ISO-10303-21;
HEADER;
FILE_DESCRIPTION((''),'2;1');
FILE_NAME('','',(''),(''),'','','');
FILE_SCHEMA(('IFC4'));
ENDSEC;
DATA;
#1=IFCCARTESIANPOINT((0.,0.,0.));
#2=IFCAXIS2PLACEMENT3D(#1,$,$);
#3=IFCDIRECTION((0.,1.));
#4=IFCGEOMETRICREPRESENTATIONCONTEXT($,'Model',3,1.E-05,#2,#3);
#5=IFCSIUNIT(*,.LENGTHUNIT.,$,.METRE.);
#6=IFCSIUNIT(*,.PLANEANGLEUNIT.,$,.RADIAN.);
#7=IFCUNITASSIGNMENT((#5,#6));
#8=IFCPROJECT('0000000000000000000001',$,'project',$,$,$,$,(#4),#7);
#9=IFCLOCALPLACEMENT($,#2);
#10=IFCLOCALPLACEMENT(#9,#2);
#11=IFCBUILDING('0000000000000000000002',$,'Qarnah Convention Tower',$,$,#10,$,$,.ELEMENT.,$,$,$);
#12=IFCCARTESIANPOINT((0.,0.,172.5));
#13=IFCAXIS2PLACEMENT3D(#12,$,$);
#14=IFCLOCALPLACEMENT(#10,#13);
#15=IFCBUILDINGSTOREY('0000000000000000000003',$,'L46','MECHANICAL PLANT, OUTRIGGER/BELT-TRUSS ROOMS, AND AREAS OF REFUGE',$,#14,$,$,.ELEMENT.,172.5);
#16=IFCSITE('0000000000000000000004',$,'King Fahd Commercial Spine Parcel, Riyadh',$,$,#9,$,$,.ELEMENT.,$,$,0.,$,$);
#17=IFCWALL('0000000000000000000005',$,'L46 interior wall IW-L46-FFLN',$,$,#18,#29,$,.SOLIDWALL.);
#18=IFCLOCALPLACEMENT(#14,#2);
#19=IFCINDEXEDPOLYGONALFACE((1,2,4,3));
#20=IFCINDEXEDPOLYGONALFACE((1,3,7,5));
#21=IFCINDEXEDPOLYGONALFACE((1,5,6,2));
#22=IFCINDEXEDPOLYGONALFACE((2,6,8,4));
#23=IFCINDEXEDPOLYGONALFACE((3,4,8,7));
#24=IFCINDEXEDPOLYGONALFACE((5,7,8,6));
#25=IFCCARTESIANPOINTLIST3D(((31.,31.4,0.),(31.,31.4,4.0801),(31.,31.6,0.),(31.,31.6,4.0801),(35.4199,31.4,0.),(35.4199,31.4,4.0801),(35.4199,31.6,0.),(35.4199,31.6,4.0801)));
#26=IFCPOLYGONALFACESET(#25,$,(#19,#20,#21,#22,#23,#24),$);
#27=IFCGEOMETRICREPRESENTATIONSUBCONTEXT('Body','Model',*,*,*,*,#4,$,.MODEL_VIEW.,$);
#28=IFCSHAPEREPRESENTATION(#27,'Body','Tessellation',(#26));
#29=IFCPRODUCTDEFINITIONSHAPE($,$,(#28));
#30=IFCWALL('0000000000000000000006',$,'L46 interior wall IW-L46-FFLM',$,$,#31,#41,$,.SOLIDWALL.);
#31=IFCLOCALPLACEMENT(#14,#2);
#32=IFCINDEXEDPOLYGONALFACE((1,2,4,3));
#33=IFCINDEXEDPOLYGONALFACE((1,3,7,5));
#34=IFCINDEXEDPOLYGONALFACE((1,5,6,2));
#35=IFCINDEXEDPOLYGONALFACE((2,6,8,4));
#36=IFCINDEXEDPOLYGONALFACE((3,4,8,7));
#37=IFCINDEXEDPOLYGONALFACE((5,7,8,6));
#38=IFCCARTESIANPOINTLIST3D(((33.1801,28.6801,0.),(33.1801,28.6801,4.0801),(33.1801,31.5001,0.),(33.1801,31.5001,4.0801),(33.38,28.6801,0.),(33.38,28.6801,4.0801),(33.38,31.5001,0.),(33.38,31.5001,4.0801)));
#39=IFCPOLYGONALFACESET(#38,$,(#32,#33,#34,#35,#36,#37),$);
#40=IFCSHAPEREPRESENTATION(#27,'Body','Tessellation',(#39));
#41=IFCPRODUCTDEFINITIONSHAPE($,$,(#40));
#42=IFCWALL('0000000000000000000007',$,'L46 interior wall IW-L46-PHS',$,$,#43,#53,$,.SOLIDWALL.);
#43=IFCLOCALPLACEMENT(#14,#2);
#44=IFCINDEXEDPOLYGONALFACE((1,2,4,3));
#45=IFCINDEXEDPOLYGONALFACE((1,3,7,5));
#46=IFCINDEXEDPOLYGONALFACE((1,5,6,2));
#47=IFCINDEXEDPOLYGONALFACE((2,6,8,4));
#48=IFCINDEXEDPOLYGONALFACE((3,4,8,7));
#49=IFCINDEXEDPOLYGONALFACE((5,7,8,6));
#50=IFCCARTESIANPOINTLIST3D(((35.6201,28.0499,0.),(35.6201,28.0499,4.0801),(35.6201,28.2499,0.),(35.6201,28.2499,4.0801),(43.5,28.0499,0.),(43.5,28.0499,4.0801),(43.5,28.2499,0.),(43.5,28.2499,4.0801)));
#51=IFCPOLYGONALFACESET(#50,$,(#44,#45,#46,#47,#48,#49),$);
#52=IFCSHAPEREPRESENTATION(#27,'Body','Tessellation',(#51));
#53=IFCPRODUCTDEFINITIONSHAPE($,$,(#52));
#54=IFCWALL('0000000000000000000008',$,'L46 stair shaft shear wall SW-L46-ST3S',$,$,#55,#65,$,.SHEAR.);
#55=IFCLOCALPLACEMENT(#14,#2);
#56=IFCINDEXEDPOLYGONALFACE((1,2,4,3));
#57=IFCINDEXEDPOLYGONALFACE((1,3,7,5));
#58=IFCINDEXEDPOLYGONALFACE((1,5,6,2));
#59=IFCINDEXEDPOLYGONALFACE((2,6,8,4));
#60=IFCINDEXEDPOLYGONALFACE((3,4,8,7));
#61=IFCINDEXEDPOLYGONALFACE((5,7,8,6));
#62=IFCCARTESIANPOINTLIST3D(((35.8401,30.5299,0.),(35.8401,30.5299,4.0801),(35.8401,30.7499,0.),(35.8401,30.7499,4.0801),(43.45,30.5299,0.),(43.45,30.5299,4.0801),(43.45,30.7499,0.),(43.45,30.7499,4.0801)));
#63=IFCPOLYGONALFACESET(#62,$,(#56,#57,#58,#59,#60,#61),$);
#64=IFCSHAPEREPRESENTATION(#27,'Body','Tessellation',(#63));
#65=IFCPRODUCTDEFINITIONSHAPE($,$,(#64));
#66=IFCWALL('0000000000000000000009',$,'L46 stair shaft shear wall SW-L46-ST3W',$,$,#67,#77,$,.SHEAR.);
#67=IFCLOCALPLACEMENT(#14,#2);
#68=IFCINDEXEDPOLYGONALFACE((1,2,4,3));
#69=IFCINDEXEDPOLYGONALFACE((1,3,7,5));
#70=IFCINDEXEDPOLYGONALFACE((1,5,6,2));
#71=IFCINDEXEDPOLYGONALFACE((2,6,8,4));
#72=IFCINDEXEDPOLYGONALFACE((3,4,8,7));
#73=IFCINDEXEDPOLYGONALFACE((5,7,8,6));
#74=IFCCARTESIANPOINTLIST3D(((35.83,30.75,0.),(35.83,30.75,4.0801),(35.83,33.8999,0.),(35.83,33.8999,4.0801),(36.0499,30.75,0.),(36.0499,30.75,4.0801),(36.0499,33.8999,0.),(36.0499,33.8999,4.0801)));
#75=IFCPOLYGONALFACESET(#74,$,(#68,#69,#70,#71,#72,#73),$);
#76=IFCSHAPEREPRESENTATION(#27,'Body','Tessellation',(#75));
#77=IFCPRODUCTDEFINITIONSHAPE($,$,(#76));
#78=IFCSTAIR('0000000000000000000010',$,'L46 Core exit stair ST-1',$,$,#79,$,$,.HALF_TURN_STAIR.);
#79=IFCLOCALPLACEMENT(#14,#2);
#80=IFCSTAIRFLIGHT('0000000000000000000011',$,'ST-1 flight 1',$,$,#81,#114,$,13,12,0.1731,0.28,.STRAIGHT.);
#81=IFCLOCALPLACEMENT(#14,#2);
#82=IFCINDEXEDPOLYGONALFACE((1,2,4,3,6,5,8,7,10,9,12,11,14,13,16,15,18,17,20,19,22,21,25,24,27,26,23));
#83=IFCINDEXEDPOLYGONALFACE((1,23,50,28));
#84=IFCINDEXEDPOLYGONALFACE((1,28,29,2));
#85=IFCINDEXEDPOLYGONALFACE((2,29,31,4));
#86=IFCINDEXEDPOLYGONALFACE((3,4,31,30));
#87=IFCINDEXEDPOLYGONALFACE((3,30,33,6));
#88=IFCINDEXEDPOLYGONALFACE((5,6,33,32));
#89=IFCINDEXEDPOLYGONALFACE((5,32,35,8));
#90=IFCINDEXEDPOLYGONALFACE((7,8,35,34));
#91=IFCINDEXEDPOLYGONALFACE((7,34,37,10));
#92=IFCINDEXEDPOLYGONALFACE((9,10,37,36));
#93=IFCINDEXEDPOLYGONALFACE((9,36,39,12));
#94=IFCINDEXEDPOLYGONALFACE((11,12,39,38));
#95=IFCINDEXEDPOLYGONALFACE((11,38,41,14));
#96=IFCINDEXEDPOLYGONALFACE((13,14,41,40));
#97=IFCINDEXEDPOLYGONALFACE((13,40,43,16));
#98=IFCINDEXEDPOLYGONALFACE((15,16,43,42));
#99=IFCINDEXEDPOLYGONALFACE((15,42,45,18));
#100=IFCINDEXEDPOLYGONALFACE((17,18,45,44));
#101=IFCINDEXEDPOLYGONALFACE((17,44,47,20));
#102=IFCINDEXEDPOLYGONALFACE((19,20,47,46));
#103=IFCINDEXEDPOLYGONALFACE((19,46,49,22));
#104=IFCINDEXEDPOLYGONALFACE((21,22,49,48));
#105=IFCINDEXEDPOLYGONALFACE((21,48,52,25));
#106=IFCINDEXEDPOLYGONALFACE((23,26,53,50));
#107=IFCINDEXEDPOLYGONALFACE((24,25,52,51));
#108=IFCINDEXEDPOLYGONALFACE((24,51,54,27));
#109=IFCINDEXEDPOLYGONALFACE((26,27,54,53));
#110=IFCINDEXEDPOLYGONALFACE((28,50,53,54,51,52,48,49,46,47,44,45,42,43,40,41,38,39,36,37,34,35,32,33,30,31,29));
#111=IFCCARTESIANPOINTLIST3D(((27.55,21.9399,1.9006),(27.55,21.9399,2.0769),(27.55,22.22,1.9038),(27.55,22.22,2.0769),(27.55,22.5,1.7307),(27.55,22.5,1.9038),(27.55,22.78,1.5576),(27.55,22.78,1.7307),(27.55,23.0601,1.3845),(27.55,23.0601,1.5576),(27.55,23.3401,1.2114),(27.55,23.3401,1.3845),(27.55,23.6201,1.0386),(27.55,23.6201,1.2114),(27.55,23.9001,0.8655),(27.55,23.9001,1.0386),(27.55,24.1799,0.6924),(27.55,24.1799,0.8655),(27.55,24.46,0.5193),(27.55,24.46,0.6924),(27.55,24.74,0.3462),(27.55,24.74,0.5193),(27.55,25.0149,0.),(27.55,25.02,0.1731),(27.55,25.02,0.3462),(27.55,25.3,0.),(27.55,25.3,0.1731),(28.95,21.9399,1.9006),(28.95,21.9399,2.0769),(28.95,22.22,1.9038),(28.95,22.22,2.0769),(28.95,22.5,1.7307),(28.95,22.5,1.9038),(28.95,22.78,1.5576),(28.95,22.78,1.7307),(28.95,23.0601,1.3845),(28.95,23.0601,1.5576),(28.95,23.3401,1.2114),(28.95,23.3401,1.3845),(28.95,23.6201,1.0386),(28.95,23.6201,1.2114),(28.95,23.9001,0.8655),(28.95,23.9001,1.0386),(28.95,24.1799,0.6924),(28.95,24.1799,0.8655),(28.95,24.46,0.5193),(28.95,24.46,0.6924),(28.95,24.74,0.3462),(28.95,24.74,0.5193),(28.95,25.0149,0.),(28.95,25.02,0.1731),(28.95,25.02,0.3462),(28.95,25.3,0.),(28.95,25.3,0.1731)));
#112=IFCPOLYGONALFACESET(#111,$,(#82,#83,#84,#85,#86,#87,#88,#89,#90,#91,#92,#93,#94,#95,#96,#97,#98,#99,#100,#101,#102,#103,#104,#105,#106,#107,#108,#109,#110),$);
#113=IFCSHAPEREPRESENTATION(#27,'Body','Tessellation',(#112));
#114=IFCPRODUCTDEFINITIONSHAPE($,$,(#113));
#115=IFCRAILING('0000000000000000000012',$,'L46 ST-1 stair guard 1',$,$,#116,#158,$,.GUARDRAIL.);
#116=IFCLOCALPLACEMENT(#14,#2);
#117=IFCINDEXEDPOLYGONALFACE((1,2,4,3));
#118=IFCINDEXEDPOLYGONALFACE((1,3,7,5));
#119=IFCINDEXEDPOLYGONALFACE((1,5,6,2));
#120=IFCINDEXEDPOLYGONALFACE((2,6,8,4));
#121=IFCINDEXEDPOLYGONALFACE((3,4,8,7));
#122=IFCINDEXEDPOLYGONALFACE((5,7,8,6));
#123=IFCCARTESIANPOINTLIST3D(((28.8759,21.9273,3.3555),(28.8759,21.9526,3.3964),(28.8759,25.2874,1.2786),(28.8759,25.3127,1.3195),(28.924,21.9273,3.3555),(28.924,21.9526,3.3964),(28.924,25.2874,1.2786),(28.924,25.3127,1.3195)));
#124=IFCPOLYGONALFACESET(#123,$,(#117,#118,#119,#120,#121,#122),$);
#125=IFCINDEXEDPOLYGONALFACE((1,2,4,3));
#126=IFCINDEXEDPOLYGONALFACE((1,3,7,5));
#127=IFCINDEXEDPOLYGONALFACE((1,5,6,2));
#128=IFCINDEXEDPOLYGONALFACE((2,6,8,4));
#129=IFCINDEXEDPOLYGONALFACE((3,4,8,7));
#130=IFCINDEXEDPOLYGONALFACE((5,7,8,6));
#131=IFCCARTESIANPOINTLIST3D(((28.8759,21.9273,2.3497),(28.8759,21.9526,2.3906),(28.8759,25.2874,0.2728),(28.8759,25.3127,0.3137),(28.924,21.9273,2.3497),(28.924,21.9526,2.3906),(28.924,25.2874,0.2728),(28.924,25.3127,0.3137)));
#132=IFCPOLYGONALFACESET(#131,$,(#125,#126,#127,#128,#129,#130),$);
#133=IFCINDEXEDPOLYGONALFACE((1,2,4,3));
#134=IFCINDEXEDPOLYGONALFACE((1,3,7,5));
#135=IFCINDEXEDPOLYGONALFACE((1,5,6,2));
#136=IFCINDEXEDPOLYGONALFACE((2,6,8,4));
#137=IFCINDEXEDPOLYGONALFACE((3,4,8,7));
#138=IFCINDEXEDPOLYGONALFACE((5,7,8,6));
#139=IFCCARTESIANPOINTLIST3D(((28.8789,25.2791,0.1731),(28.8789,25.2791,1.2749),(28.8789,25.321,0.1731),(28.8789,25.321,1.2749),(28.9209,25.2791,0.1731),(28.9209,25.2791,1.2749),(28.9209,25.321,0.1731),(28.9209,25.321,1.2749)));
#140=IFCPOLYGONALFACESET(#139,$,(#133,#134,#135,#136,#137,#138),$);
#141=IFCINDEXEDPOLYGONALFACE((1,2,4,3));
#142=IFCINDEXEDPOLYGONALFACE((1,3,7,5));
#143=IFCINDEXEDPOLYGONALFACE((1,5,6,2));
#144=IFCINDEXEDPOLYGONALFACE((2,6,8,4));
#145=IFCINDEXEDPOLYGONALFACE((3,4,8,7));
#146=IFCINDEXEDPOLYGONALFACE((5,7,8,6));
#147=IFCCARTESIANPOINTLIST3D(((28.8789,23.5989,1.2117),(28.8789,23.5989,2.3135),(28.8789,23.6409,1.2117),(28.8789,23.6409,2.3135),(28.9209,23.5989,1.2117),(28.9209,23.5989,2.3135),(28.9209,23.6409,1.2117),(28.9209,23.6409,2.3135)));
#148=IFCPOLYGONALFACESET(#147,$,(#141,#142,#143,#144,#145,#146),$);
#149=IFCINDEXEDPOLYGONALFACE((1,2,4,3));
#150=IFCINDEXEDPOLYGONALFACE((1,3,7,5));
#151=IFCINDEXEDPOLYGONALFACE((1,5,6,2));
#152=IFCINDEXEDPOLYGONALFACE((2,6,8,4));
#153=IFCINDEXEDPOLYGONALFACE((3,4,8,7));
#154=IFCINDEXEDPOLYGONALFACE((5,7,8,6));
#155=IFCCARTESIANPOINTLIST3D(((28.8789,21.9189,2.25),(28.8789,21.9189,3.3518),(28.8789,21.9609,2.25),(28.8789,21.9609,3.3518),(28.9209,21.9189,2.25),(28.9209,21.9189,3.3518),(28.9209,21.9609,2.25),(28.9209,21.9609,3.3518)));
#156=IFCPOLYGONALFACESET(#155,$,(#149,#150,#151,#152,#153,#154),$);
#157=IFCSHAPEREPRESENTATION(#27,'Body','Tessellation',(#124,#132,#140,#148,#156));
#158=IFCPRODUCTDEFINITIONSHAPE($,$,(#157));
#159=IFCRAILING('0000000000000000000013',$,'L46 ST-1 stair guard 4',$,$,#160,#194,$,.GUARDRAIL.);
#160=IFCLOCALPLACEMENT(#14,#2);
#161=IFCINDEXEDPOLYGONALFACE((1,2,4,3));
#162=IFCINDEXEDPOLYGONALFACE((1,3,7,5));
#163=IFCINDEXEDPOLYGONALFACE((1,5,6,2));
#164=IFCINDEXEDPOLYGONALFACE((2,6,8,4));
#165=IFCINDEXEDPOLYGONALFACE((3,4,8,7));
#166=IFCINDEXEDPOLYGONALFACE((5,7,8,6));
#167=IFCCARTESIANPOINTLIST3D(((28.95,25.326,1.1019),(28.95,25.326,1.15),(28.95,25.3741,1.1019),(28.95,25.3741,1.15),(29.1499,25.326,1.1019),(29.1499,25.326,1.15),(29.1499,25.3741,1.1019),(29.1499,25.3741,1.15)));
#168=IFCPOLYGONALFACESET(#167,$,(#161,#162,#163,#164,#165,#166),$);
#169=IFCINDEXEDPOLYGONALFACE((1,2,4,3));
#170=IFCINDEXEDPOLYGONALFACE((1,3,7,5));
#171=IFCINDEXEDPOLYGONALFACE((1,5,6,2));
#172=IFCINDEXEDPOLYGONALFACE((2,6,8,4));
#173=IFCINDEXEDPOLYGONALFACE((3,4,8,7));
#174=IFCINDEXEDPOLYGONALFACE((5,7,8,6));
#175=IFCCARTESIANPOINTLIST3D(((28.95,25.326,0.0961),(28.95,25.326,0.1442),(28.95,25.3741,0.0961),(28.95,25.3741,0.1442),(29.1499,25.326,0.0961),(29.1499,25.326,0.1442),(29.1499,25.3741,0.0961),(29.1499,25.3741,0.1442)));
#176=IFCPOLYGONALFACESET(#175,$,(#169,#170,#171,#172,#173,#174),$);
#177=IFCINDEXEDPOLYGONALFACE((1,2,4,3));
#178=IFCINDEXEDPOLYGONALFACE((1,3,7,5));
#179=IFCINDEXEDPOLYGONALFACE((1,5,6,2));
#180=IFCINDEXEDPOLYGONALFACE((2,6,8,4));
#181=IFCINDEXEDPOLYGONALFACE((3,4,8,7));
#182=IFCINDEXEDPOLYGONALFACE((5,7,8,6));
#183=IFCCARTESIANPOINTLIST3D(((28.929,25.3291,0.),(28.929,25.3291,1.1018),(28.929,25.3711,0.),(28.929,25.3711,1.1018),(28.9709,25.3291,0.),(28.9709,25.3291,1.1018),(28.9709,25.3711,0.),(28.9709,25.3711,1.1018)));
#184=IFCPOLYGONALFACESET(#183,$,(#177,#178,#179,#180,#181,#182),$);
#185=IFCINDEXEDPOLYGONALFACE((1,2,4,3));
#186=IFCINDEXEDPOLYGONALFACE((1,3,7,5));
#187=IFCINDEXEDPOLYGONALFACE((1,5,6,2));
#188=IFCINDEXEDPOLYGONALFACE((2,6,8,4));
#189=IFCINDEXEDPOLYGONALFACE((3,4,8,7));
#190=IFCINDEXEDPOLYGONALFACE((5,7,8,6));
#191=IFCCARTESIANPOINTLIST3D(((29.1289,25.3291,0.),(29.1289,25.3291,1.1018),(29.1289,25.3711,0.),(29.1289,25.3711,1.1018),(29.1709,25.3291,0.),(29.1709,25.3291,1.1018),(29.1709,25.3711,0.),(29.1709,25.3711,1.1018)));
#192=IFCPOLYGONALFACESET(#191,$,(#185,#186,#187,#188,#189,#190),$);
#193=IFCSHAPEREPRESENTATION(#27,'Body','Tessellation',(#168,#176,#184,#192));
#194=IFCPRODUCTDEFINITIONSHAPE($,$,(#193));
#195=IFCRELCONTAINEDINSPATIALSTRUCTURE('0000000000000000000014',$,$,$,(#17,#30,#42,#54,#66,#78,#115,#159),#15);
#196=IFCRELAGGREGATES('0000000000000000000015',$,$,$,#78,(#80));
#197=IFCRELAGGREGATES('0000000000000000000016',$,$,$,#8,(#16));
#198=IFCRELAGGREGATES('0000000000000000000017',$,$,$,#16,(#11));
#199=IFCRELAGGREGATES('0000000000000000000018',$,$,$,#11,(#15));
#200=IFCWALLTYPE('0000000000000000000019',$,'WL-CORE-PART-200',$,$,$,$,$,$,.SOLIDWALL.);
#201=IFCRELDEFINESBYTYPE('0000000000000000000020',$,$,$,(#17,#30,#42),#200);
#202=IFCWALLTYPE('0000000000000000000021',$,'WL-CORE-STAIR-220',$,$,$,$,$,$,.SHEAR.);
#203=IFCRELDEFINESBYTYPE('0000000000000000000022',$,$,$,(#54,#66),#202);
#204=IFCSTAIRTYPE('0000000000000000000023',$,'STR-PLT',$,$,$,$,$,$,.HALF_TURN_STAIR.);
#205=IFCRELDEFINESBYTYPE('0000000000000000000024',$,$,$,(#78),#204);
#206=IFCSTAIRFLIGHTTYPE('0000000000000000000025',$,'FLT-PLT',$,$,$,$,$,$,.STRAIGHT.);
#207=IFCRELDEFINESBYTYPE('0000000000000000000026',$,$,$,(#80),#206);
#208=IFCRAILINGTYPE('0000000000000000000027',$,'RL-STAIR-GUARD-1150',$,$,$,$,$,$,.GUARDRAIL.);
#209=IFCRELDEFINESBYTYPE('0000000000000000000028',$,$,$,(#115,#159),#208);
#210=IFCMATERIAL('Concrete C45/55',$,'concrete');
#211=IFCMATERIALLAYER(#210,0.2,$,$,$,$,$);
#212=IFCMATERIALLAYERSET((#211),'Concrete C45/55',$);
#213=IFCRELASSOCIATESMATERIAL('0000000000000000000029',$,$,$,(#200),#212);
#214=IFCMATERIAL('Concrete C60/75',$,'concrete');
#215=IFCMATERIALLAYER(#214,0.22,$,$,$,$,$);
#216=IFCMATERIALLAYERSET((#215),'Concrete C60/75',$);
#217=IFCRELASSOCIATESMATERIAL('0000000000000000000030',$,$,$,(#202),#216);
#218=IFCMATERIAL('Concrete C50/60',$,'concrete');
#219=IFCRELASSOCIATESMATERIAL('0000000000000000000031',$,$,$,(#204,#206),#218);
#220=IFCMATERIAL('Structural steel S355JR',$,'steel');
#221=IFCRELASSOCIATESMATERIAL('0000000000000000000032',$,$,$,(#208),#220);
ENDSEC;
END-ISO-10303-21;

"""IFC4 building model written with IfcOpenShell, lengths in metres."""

from ifc_helpers import new_model, si_unit, direction, frame, frame_2d, origin, origin_2d, place, context, subcontext, project, spatial, polyline, rectangle, outline, extrude, material, layer, layer_set, type_object, element, aggregate, save


model = new_model("IFC4")

# Units and contexts
model_context = context("Model", 3, precision=1e-05, world=origin(), true_north=direction((0.0, 1.0)))
body_context = subcontext(model_context, "Body", "Model", "MODEL_VIEW")
ifc_project = project(units=[si_unit("LENGTHUNIT", "METRE"), si_unit("PLANEANGLEUNIT", "RADIAN")], contexts=[model_context])

# Site, building, storey
site_placement = place(None, origin())
site = spatial("IfcSite", under=ifc_project, at=site_placement, Name="King Fahd Commercial Spine Parcel, Riyadh", CompositionType="ELEMENT", RefElevation=0.0)
building_placement = place(site_placement, origin())
building = spatial("IfcBuilding", under=site, at=building_placement, Name="Qarnah Convention Tower", CompositionType="ELEMENT")
storey_placement = place(building_placement, frame((0.0, 0.0, 172.5)))
storey = spatial("IfcBuildingStorey", under=building, at=storey_placement, Name="L46", Description="MECHANICAL PLANT, OUTRIGGER/BELT-TRUSS ROOMS, AND AREAS OF REFUGE", CompositionType="ELEMENT", Elevation=172.5)

# Shared definitions
ifc_material_1 = material(Name="Concrete C45/55", Category="concrete")
ifc_layer_1 = layer(ifc_material_1, 0.2)
ifc_layer_set_1 = layer_set([ifc_layer_1], Name="Concrete C45/55")
wall_type_1 = type_object("IfcWallType", Name="WL-CORE-PART-200", PredefinedType="SOLIDWALL", material=ifc_layer_set_1)
ifc_material_2 = material(Name="Structural steel S355JR", Category="steel")

# Walls
wall_1_placement = place(storey_placement, frame((31.0, 31.5, 0.0), z_axis=(0.0, 0.0, 1.0), x_axis=(1.0, 0.0, 0.0)))
element("IfcWall", 1, at=wall_1_placement, inside=storey, type_object=wall_type_1, Name="L46 interior wall IW-L46-FFLN", PredefinedType="SOLIDWALL", context=body_context, shape_type="SweptSolid", body=[
    extrude(rectangle(XDim=4.4199, YDim=0.2, at=frame_2d((2.21, 0.0))), origin(), (0.0, 0.0, 1.0), 4.0801),
])
wall_2_placement = place(storey_placement, frame((33.28, 28.6799, 0.0), z_axis=(0.0, 0.0, 1.0), x_axis=(0.0, 1.0, 0.0)))
element("IfcWall", 2, at=wall_2_placement, inside=storey, type_object=wall_type_1, Name="L46 interior wall IW-L46-FFLM", PredefinedType="SOLIDWALL", context=body_context, shape_type="SweptSolid", body=[
    extrude(rectangle(XDim=2.8201, YDim=0.2, at=frame_2d((1.4102, 0.0))), origin(), (0.0, 0.0, 1.0), 4.0801),
])

# Wall
wall_3_placement = place(storey_placement, frame((35.6201, 28.1499, 0.0), z_axis=(0.0, 0.0, 1.0), x_axis=(1.0, 0.0, 0.0)))
element("IfcWall", 3, at=wall_3_placement, inside=storey, type_object=wall_type_1, Name="L46 interior wall IW-L46-PHS", PredefinedType="SOLIDWALL", context=body_context, shape_type="SweptSolid", body=[
    extrude(rectangle(XDim=7.8799, YDim=0.2, at=frame_2d((3.9399, 0.0))), origin(), (0.0, 0.0, 1.0), 4.0801),
])

# Walls
ifc_material_3 = material(Name="Concrete C60/75", Category="concrete")
ifc_layer_2 = layer(ifc_material_3, 0.22)
ifc_layer_set_2 = layer_set([ifc_layer_2], Name="Concrete C60/75")
wall_type_2 = type_object("IfcWallType", Name="WL-CORE-STAIR-220", PredefinedType="SHEAR", material=ifc_layer_set_2)
wall_4_placement = place(storey_placement, frame((35.8401, 30.6399, 0.0), z_axis=(0.0, 0.0, 1.0), x_axis=(1.0, 0.0, 0.0)))
element("IfcWall", 4, at=wall_4_placement, inside=storey, type_object=wall_type_2, Name="L46 stair shaft shear wall SW-L46-ST3S", PredefinedType="SHEAR", context=body_context, shape_type="SweptSolid", body=[
    extrude(rectangle(XDim=7.6099, YDim=0.22, at=frame_2d((3.8049, 0.0))), origin(), (0.0, 0.0, 1.0), 4.0801),
])
wall_5_placement = place(storey_placement, frame((35.9399, 30.75, 0.0), z_axis=(0.0, 0.0, 1.0), x_axis=(0.0, 1.0, 0.0)))
element("IfcWall", 5, at=wall_5_placement, inside=storey, type_object=wall_type_2, Name="L46 stair shaft shear wall SW-L46-ST3W", PredefinedType="SHEAR", context=body_context, shape_type="SweptSolid", body=[
    extrude(rectangle(XDim=3.1499, YDim=0.22, at=frame_2d((1.575, 0.0))), origin(), (0.0, 0.0, 1.0), 4.0801),
])

# Stair, stair flight
ifc_material_4 = material(Name="Concrete C50/60", Category="concrete")
stair_type = type_object("IfcStairType", Name="STR-PLT", PredefinedType="HALF_TURN_STAIR", material=ifc_material_4)
stair_placement = place(storey_placement, origin())
stair = element("IfcStair", 6, at=stair_placement, inside=storey, type_object=stair_type, Name="L46 Core exit stair ST-1", PredefinedType="HALF_TURN_STAIR")
stair_flight_type = type_object("IfcStairFlightType", Name="FLT-PLT", PredefinedType="STRAIGHT", material=ifc_material_4)
stair_flight_placement = place(storey_placement, frame((28.25, 25.3, 0.0), z_axis=(0.0, 0.0, 1.0), x_axis=(0.0, -1.0, 0.0)))
stair_flight = element("IfcStairFlight", 7, at=stair_flight_placement, type_object=stair_flight_type, Name="ST-1 flight 1", NumberOfRisers=13, NumberOfTreads=12, PredefinedType="STRAIGHT", RiserHeight=0.1731, TreadLength=0.28, context=body_context, shape_type="SweptSolid", body=[
    extrude(outline(polyline([(0.0, 0.0), (0.0, 0.1731), (0.28, 0.1731), (0.28, 0.3462), (0.5601, 0.3462), (0.5601, 0.5193), (0.8401, 0.5193), (0.8401, 0.6924), (1.1201, 0.6924), (1.1201, 0.8655), (1.3999, 0.8655), (1.3999, 1.0386), (1.6799, 1.0386), (1.6799, 1.2114), (1.96, 1.2114), (1.96, 1.3845), (2.24, 1.3845), (2.24, 1.5576), (2.52, 1.5576), (2.52, 1.7307), (2.8, 1.7307), (2.8, 1.9038), (3.0801, 1.9038), (3.0801, 2.0769), (3.3601, 2.0769), (3.3601, 2.25), (3.3601, 1.9006), (0.2852, 0.0), (0.0, 0.0)])), frame((0.0, 0.7, 0.0), z_axis=(0.0, -1.0, 0.0), x_axis=(1.0, 0.0, 0.0)), (0.0, 0.0, 1.0), 1.3999),
])
aggregate(stair, [stair_flight])

# Railings
railing_type = type_object("IfcRailingType", Name="RL-STAIR-GUARD-1150", PredefinedType="GUARDRAIL", material=ifc_material_2)
railing_1_placement = place(storey_placement, frame((28.8999, 25.3, 0.1731)))
element("IfcRailing", 8, at=railing_1_placement, inside=storey, type_object=railing_type, Name="L46 ST-1 stair guard 1", PredefinedType="GUARDRAIL", context=body_context, shape_type="SweptSolid", body=[
    extrude(rectangle(XDim=0.0481, YDim=0.0481, at=origin_2d()), frame((0.0, 0.0, 1.126), z_axis=(0.0, -0.850623, 0.525776), x_axis=(1.0, 0.0, 0.0)), (0.0, 0.0, 1.0), 3.9502),
    extrude(rectangle(XDim=0.0481, YDim=0.0481, at=origin_2d()), frame((0.0, 0.0, 0.1201), z_axis=(0.0, -0.850623, 0.525776), x_axis=(1.0, 0.0, 0.0)), (0.0, 0.0, 1.0), 3.9502),
    extrude(rectangle(XDim=0.042, YDim=0.042, at=origin_2d()), origin(), (0.0, 0.0, 1.0), 1.1018),
    extrude(rectangle(XDim=0.042, YDim=0.042, at=origin_2d()), frame((0.0, -1.6802, 1.0386)), (0.0, 0.0, 1.0), 1.1018),
    extrude(rectangle(XDim=0.042, YDim=0.042, at=origin_2d()), frame((0.0, -3.3601, 2.0769)), (0.0, 0.0, 1.0), 1.1018),
])
railing_2_placement = place(storey_placement, frame((28.95, 25.3501, 0.0)))
element("IfcRailing", 9, at=railing_2_placement, inside=storey, type_object=railing_type, Name="L46 ST-1 stair guard 4", PredefinedType="GUARDRAIL", context=body_context, shape_type="SweptSolid", body=[
    extrude(rectangle(XDim=0.0481, YDim=0.0481, at=origin_2d()), frame((0.0, 0.0, 1.126), z_axis=(1.0, 0.0, 0.0), x_axis=(0.0, 1.0, 0.0)), (0.0, 0.0, 1.0), 0.2),
    extrude(rectangle(XDim=0.0481, YDim=0.0481, at=origin_2d()), frame((0.0, 0.0, 0.1201), z_axis=(1.0, 0.0, 0.0), x_axis=(0.0, 1.0, 0.0)), (0.0, 0.0, 1.0), 0.2),
    extrude(rectangle(XDim=0.042, YDim=0.042, at=origin_2d()), origin(), (0.0, 0.0, 1.0), 1.1018),
    extrude(rectangle(XDim=0.042, YDim=0.042, at=origin_2d()), frame((0.2, 0.0, 0.0)), (0.0, 0.0, 1.0), 1.1018),
])

save(model, "model.ifc")
